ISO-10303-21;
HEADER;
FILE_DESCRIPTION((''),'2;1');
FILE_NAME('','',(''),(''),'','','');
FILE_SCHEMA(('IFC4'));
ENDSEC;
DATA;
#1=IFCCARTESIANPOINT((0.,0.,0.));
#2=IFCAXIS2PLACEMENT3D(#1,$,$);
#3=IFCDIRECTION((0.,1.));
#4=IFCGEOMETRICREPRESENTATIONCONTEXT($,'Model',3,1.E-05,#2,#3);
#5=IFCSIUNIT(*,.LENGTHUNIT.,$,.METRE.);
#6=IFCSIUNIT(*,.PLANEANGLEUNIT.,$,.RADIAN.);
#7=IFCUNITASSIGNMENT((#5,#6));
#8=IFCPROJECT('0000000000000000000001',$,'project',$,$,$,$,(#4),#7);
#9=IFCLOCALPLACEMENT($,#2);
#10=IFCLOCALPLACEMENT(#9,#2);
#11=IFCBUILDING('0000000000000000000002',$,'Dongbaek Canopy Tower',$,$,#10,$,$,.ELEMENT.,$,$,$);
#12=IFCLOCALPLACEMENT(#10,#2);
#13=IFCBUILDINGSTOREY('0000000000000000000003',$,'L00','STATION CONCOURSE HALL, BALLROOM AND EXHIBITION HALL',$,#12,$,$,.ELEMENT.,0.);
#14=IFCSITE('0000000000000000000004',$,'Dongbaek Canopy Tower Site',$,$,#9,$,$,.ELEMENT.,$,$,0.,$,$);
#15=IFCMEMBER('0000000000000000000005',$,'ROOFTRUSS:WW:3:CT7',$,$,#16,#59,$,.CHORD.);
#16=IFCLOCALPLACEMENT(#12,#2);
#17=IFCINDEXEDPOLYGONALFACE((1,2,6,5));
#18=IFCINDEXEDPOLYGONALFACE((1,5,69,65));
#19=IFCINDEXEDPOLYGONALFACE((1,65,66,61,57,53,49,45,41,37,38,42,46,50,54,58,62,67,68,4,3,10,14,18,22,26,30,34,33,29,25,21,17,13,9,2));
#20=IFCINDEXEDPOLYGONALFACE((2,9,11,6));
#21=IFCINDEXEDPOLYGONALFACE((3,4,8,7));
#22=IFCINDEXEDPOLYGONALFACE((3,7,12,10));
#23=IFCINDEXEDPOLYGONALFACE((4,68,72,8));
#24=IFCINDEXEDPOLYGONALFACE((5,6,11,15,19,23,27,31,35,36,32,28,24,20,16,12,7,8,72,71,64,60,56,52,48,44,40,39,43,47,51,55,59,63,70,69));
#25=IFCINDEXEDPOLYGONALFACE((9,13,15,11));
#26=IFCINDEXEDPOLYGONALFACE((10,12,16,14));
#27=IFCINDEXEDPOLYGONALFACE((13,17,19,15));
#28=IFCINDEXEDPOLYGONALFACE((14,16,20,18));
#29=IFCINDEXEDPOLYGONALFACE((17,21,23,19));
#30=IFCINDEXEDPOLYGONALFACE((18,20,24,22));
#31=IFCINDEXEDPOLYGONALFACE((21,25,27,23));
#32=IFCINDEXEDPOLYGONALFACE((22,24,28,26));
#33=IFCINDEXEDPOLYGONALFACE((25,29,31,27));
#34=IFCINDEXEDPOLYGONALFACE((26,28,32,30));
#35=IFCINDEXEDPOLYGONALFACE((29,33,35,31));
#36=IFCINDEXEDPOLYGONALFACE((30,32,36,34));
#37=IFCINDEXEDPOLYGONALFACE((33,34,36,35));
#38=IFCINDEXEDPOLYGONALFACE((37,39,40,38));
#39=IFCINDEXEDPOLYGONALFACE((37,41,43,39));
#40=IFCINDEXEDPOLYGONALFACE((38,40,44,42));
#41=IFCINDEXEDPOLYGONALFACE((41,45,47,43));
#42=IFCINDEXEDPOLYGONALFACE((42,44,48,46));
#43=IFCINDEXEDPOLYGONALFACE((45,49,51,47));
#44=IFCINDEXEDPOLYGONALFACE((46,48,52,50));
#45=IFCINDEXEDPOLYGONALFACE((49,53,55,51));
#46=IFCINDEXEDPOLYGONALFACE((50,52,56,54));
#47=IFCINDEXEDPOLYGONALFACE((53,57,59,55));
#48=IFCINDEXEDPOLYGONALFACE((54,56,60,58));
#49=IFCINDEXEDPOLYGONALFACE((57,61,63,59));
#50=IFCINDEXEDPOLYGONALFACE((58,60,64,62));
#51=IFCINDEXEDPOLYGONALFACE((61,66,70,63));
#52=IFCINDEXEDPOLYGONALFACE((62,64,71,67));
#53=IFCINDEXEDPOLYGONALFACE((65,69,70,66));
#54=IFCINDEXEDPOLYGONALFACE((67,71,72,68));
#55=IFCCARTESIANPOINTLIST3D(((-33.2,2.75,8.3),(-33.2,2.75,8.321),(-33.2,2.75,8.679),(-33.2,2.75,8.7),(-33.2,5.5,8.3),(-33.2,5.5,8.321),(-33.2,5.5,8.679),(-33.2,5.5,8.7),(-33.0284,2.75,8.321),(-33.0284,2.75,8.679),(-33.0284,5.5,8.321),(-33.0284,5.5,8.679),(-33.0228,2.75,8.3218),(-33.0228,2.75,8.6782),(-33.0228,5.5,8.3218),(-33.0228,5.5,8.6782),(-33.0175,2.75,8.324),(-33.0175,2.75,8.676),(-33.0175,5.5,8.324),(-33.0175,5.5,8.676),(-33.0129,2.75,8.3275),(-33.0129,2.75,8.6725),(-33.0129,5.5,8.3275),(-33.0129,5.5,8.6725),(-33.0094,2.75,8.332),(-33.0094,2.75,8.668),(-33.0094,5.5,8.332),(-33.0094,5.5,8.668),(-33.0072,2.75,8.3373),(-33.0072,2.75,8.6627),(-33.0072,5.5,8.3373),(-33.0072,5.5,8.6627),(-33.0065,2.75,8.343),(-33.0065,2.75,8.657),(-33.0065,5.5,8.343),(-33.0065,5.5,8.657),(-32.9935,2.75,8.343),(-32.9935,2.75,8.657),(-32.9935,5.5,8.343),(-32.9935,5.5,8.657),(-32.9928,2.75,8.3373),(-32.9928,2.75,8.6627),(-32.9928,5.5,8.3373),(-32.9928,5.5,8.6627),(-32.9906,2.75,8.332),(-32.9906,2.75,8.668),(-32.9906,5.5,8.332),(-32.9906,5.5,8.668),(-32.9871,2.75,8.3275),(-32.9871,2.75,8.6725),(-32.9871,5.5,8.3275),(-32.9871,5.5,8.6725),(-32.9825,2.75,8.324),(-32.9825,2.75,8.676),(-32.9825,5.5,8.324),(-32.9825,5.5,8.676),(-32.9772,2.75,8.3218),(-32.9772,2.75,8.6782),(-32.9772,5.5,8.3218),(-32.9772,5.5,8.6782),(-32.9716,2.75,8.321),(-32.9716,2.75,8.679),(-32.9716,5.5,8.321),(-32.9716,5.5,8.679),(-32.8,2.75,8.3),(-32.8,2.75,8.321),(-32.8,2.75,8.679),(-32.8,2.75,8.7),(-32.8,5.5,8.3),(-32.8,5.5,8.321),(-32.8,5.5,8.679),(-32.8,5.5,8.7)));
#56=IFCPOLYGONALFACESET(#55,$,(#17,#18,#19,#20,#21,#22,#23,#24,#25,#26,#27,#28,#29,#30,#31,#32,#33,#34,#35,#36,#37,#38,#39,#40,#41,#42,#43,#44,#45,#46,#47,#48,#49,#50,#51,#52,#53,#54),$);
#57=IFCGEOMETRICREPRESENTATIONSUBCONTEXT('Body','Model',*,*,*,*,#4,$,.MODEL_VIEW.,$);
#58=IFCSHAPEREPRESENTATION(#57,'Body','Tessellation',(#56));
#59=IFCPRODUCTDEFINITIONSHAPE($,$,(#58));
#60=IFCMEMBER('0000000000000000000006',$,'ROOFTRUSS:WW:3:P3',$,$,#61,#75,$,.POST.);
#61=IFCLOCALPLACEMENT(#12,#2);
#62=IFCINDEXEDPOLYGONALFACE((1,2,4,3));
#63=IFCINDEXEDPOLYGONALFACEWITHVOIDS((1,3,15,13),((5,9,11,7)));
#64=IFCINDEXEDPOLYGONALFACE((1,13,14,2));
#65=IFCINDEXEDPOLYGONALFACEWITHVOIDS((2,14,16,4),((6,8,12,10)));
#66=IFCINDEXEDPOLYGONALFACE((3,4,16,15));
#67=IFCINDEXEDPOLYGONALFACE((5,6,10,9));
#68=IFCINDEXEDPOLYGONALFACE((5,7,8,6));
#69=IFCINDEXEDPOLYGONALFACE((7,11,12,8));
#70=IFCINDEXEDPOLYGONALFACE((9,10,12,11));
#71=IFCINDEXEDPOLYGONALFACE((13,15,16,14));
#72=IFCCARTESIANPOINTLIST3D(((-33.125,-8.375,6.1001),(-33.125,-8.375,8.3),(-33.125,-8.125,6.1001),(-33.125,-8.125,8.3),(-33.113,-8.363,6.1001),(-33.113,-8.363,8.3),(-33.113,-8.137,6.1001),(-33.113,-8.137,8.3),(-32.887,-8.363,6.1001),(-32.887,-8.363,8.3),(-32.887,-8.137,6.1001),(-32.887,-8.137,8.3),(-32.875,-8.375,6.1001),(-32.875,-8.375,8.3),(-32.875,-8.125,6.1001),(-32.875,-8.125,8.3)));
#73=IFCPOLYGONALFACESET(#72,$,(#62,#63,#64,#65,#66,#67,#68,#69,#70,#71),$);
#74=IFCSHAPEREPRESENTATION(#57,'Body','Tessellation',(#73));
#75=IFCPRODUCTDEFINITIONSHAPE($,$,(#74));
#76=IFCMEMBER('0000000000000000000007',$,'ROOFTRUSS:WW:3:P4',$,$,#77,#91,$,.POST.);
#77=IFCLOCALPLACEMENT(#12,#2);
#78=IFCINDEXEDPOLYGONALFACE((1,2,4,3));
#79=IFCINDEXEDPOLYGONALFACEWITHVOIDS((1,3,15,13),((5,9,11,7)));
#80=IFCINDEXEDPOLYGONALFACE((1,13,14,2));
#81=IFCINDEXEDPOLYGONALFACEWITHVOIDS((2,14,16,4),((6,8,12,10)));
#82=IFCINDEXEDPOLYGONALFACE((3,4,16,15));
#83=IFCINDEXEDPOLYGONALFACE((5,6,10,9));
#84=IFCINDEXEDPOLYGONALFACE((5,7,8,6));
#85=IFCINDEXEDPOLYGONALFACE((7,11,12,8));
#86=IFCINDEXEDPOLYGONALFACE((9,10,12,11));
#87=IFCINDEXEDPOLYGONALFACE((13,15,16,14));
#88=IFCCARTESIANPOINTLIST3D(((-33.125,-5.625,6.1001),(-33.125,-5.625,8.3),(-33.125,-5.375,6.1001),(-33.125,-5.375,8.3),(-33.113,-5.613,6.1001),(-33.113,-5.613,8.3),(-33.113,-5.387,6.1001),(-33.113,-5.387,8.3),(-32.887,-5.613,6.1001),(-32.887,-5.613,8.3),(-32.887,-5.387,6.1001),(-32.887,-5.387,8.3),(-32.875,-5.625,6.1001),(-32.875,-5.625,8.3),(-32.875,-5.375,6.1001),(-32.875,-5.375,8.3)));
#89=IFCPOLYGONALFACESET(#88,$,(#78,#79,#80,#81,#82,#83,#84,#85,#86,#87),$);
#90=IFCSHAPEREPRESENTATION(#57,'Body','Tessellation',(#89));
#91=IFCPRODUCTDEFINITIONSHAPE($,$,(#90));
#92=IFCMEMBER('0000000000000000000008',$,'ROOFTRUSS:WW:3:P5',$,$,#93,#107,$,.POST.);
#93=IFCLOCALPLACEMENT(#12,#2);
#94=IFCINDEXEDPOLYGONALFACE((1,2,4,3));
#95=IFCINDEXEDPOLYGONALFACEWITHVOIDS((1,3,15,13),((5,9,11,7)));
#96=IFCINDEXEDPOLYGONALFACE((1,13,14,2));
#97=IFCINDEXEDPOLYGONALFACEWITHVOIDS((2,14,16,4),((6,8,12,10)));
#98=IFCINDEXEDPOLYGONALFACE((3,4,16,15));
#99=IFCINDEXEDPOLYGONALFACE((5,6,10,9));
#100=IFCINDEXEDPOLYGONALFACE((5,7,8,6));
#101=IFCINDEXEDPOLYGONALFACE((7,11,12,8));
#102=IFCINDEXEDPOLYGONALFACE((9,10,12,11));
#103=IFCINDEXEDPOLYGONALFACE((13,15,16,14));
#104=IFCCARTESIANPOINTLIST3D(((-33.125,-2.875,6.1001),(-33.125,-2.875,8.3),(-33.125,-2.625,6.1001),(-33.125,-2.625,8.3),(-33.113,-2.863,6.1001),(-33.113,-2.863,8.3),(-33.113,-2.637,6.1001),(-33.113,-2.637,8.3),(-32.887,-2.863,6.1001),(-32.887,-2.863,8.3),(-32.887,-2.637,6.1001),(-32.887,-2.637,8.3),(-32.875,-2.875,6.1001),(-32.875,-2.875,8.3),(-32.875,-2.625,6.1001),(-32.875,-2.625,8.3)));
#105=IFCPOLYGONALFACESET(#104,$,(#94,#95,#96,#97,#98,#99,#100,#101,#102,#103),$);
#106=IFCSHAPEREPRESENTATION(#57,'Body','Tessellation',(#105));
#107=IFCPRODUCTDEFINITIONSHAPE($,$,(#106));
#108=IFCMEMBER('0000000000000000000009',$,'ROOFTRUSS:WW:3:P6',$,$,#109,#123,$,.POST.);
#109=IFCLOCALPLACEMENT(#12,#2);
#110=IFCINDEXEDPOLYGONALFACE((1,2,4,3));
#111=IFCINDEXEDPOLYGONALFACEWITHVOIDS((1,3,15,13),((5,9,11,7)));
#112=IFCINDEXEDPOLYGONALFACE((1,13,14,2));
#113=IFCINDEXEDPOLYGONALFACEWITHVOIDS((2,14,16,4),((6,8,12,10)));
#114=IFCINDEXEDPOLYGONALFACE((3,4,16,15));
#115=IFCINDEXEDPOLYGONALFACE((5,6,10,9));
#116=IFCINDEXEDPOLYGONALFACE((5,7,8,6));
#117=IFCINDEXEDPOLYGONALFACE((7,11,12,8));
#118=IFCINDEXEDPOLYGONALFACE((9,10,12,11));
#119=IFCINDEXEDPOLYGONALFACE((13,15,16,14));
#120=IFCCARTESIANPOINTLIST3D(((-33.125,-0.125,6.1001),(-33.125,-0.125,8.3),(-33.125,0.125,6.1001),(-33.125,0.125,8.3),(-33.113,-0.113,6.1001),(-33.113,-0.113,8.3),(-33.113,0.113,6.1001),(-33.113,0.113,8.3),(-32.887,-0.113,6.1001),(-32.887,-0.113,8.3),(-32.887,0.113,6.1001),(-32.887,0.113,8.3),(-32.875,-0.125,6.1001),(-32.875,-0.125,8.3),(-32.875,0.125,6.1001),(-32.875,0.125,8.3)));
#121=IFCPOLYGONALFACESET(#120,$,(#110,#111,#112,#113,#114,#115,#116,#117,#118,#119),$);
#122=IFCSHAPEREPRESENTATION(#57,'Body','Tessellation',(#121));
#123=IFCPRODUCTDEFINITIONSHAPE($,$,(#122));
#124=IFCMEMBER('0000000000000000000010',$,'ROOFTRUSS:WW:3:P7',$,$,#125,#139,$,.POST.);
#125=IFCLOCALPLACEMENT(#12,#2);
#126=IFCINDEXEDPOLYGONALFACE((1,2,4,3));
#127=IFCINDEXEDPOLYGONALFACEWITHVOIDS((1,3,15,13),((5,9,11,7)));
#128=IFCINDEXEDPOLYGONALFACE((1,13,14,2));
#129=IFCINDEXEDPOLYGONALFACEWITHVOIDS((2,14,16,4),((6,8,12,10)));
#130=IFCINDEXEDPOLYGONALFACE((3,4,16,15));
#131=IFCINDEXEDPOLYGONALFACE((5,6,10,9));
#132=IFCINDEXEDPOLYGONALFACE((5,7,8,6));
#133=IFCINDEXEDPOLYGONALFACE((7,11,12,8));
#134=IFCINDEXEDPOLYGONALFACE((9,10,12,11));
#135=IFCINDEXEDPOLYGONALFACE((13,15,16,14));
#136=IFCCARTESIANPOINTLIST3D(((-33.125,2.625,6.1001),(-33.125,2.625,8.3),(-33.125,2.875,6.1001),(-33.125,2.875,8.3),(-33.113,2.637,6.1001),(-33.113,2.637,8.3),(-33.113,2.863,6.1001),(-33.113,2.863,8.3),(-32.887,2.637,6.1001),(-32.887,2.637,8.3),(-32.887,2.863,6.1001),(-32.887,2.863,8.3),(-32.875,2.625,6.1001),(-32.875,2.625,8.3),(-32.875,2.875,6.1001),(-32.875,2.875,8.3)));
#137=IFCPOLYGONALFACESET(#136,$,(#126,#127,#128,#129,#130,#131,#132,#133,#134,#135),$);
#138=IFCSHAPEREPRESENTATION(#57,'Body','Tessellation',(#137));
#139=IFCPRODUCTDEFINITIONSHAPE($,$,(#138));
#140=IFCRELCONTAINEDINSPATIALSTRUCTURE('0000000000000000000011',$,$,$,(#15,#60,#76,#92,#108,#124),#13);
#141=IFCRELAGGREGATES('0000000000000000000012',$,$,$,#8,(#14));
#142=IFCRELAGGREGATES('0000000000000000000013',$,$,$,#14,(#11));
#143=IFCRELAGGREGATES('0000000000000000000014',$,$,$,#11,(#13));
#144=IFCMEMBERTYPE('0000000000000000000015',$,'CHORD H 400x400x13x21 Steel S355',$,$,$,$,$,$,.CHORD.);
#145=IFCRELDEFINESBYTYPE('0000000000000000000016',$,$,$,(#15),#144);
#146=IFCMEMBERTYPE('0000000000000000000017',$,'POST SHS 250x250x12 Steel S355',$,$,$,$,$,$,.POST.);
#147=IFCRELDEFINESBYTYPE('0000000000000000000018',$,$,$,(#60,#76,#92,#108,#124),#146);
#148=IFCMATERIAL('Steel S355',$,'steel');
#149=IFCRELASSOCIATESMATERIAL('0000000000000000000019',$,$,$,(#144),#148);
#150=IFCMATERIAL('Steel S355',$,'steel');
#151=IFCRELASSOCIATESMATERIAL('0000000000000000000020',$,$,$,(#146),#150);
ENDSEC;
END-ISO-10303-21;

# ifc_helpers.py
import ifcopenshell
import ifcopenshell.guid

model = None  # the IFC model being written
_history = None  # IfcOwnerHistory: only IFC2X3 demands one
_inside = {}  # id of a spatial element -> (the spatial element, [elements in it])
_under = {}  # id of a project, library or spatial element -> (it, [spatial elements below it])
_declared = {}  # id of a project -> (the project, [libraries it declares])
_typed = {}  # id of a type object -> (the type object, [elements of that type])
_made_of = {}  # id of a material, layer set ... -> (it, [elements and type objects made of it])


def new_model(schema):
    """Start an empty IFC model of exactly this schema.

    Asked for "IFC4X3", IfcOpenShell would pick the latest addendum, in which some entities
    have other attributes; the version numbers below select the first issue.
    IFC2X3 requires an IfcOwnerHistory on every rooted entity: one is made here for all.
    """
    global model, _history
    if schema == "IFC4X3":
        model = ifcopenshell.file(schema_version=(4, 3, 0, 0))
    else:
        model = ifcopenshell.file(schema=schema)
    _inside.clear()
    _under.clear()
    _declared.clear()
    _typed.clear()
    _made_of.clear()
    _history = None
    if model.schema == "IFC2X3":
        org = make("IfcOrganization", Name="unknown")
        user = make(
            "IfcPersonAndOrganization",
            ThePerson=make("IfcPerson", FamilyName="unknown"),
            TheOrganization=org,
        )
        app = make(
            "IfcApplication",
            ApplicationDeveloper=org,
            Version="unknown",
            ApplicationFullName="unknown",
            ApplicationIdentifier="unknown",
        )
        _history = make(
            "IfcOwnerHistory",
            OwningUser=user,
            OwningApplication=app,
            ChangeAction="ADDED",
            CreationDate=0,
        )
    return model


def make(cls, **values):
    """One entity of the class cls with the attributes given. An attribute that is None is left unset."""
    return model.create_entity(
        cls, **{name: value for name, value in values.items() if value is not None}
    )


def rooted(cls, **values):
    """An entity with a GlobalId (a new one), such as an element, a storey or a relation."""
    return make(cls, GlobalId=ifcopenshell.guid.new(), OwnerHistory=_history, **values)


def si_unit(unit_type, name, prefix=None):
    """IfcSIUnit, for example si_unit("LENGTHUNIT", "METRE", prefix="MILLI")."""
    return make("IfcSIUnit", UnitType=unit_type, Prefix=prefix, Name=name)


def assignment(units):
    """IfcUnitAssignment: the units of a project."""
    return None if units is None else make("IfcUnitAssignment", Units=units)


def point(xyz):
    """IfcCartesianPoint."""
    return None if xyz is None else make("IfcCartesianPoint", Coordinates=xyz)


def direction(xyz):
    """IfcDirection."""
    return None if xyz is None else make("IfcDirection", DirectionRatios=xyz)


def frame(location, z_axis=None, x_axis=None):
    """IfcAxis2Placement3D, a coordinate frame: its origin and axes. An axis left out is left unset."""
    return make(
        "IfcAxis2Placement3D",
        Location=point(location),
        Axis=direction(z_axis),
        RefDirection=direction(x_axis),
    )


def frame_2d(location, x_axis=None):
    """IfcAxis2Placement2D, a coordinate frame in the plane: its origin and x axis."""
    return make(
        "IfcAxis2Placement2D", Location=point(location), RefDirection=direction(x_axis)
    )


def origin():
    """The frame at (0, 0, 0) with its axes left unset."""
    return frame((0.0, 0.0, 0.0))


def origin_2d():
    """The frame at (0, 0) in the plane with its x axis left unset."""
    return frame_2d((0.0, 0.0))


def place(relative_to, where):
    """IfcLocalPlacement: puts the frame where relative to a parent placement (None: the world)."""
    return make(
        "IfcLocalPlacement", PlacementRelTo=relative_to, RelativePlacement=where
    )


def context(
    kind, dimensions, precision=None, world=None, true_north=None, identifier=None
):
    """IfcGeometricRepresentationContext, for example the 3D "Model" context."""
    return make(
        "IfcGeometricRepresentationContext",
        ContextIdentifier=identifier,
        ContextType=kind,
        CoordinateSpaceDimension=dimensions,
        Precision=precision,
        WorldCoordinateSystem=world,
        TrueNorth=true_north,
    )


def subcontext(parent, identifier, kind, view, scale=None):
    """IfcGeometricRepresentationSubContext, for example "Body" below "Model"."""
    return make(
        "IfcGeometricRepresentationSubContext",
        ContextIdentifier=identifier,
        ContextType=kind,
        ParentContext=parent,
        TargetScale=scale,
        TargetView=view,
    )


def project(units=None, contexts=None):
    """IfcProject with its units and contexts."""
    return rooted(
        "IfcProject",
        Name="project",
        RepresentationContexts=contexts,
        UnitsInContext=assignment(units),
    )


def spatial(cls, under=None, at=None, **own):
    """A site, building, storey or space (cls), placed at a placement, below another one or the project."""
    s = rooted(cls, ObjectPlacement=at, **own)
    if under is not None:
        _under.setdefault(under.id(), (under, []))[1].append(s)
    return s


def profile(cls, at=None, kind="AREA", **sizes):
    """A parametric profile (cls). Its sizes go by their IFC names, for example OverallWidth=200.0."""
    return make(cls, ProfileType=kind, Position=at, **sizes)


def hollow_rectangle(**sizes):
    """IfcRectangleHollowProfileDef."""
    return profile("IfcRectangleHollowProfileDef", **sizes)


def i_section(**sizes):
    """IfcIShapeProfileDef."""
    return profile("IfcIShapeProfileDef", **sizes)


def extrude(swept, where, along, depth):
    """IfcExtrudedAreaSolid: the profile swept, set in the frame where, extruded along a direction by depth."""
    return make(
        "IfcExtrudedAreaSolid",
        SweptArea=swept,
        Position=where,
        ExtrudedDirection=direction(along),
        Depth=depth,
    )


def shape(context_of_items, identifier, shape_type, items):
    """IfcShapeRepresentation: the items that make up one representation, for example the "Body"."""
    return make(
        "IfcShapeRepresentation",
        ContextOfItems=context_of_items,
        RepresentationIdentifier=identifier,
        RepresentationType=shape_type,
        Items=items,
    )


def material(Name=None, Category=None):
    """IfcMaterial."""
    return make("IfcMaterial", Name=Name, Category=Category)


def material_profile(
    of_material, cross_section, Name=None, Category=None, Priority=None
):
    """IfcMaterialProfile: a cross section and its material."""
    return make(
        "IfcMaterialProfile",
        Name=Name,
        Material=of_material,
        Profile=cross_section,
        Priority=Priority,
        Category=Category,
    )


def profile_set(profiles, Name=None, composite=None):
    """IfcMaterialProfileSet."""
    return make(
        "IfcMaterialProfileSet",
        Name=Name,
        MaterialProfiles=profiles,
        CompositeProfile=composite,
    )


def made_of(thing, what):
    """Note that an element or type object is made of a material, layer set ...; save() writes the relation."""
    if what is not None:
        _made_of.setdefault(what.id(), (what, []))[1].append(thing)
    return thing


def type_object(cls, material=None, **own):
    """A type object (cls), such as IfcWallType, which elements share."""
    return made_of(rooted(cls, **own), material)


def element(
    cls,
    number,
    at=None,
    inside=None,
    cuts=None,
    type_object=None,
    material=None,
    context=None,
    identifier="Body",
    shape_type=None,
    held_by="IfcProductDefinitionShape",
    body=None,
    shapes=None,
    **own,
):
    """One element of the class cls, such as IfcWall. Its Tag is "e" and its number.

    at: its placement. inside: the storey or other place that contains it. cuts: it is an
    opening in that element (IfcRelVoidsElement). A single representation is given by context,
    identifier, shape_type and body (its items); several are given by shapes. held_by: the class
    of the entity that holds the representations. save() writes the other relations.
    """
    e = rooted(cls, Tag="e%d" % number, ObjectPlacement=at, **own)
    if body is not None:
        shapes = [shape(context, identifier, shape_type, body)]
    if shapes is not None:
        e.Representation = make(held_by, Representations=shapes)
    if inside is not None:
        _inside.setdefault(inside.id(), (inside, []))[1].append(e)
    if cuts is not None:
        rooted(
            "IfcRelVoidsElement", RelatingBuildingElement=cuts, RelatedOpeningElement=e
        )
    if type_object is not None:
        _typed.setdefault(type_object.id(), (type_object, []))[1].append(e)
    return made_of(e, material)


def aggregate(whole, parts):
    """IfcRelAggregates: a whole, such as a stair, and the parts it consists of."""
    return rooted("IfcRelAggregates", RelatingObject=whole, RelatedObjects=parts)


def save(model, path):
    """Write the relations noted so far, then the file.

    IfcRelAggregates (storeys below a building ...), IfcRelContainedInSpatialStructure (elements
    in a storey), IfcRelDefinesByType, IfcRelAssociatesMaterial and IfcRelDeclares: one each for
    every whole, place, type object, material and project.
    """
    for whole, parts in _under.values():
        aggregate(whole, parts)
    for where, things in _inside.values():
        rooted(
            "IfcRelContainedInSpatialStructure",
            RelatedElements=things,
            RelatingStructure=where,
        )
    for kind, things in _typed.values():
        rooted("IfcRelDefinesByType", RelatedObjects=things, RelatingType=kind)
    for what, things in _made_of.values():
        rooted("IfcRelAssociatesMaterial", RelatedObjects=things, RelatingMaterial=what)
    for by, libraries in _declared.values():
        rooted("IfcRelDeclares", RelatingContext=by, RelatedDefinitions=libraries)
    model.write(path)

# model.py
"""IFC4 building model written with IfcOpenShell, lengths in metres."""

from ifc_helpers import new_model, si_unit, direction, frame, origin, origin_2d, place, context, subcontext, project, spatial, hollow_rectangle, i_section, extrude, material, material_profile, profile_set, type_object, element, save


model = new_model("IFC4")

# Units and contexts
model_context = context("Model", 3, precision=1e-05, world=origin(), true_north=direction((0.0, 1.0)))
body_context = subcontext(model_context, "Body", "Model", "MODEL_VIEW")
ifc_project = project(units=[si_unit("LENGTHUNIT", "METRE"), si_unit("PLANEANGLEUNIT", "RADIAN")], contexts=[model_context])

# Site, building, storey
site_placement = place(None, origin())
site = spatial("IfcSite", under=ifc_project, at=site_placement, Name="Dongbaek Canopy Tower Site", CompositionType="ELEMENT", RefElevation=0.0)
building_placement = place(site_placement, origin())
building = spatial("IfcBuilding", under=site, at=building_placement, Name="Dongbaek Canopy Tower", CompositionType="ELEMENT")
storey_placement = place(building_placement, origin())
storey = spatial("IfcBuildingStorey", under=building, at=storey_placement, Name="L00", Description="STATION CONCOURSE HALL, BALLROOM AND EXHIBITION HALL", CompositionType="ELEMENT", Elevation=0.0)

# Members
ifc_material_1 = material(Name="Steel S355", Category="steel")
ifc_material_profile_1 = material_profile(ifc_material_1, i_section(OverallWidth=0.3999, OverallDepth=0.3999, WebThickness=0.0129, FlangeThickness=0.021, FilletRadius=0.022, at=origin_2d()), Name="CHORD H 400x400x13x21 Steel S355")
ifc_profile_set_1 = profile_set([ifc_material_profile_1], Name="Steel S355")
member_type_1 = type_object("IfcMemberType", Name="CHORD H 400x400x13x21 Steel S355", PredefinedType="CHORD", material=ifc_profile_set_1)
for number, where, z_axis, x_axis, name in (
    (1, (-33.0, 2.75, 8.5), (0.0, 1.0, 0.0), (-1.0, 0.0, 0.0), "ROOFTRUSS:WW:3:CT7"),
):
    element("IfcMember", number, at=place(storey_placement, frame(where, z_axis=z_axis, x_axis=x_axis)), inside=storey, type_object=member_type_1, Name=name, PredefinedType="CHORD", context=body_context, shape_type="SweptSolid", body=[
        extrude(i_section(OverallWidth=0.3999, OverallDepth=0.3999, WebThickness=0.0129, FlangeThickness=0.021, FilletRadius=0.022, at=origin_2d()), origin(), (0.0, 0.0, 1.0), 2.75),
    ])
ifc_material_2 = material(Name="Steel S355", Category="steel")
ifc_material_profile_2 = material_profile(ifc_material_2, hollow_rectangle(XDim=0.25, YDim=0.25, WallThickness=0.012, at=origin_2d()), Name="POST SHS 250x250x12 Steel S355")
ifc_profile_set_2 = profile_set([ifc_material_profile_2], Name="Steel S355")
member_type_2 = type_object("IfcMemberType", Name="POST SHS 250x250x12 Steel S355", PredefinedType="POST", material=ifc_profile_set_2)
for number, where, z_axis, x_axis, name in (
    (2, (-33.0, -8.25, 6.1001), (0.0, 0.0, 1.0), (1.0, 0.0, 0.0), "ROOFTRUSS:WW:3:P3"),
    (3, (-33.0, -5.5, 6.1001), (0.0, 0.0, 1.0), (1.0, 0.0, 0.0), "ROOFTRUSS:WW:3:P4"),
    (4, (-33.0, -2.75, 6.1001), (0.0, 0.0, 1.0), (1.0, 0.0, 0.0), "ROOFTRUSS:WW:3:P5"),
    (5, (-33.0, 0.0, 6.1001), (0.0, 0.0, 1.0), (1.0, 0.0, 0.0), "ROOFTRUSS:WW:3:P6"),
    (6, (-33.0, 2.75, 6.1001), (0.0, 0.0, 1.0), (1.0, 0.0, 0.0), "ROOFTRUSS:WW:3:P7"),
):
    element("IfcMember", number, at=place(storey_placement, frame(where, z_axis=z_axis, x_axis=x_axis)), inside=storey, type_object=member_type_2, Name=name, PredefinedType="POST", context=body_context, shape_type="SweptSolid", body=[
        extrude(hollow_rectangle(XDim=0.25, YDim=0.25, WallThickness=0.012, at=origin_2d()), origin(), (0.0, 0.0, 1.0), 2.2),
    ])

save(model, "model.ifc")
